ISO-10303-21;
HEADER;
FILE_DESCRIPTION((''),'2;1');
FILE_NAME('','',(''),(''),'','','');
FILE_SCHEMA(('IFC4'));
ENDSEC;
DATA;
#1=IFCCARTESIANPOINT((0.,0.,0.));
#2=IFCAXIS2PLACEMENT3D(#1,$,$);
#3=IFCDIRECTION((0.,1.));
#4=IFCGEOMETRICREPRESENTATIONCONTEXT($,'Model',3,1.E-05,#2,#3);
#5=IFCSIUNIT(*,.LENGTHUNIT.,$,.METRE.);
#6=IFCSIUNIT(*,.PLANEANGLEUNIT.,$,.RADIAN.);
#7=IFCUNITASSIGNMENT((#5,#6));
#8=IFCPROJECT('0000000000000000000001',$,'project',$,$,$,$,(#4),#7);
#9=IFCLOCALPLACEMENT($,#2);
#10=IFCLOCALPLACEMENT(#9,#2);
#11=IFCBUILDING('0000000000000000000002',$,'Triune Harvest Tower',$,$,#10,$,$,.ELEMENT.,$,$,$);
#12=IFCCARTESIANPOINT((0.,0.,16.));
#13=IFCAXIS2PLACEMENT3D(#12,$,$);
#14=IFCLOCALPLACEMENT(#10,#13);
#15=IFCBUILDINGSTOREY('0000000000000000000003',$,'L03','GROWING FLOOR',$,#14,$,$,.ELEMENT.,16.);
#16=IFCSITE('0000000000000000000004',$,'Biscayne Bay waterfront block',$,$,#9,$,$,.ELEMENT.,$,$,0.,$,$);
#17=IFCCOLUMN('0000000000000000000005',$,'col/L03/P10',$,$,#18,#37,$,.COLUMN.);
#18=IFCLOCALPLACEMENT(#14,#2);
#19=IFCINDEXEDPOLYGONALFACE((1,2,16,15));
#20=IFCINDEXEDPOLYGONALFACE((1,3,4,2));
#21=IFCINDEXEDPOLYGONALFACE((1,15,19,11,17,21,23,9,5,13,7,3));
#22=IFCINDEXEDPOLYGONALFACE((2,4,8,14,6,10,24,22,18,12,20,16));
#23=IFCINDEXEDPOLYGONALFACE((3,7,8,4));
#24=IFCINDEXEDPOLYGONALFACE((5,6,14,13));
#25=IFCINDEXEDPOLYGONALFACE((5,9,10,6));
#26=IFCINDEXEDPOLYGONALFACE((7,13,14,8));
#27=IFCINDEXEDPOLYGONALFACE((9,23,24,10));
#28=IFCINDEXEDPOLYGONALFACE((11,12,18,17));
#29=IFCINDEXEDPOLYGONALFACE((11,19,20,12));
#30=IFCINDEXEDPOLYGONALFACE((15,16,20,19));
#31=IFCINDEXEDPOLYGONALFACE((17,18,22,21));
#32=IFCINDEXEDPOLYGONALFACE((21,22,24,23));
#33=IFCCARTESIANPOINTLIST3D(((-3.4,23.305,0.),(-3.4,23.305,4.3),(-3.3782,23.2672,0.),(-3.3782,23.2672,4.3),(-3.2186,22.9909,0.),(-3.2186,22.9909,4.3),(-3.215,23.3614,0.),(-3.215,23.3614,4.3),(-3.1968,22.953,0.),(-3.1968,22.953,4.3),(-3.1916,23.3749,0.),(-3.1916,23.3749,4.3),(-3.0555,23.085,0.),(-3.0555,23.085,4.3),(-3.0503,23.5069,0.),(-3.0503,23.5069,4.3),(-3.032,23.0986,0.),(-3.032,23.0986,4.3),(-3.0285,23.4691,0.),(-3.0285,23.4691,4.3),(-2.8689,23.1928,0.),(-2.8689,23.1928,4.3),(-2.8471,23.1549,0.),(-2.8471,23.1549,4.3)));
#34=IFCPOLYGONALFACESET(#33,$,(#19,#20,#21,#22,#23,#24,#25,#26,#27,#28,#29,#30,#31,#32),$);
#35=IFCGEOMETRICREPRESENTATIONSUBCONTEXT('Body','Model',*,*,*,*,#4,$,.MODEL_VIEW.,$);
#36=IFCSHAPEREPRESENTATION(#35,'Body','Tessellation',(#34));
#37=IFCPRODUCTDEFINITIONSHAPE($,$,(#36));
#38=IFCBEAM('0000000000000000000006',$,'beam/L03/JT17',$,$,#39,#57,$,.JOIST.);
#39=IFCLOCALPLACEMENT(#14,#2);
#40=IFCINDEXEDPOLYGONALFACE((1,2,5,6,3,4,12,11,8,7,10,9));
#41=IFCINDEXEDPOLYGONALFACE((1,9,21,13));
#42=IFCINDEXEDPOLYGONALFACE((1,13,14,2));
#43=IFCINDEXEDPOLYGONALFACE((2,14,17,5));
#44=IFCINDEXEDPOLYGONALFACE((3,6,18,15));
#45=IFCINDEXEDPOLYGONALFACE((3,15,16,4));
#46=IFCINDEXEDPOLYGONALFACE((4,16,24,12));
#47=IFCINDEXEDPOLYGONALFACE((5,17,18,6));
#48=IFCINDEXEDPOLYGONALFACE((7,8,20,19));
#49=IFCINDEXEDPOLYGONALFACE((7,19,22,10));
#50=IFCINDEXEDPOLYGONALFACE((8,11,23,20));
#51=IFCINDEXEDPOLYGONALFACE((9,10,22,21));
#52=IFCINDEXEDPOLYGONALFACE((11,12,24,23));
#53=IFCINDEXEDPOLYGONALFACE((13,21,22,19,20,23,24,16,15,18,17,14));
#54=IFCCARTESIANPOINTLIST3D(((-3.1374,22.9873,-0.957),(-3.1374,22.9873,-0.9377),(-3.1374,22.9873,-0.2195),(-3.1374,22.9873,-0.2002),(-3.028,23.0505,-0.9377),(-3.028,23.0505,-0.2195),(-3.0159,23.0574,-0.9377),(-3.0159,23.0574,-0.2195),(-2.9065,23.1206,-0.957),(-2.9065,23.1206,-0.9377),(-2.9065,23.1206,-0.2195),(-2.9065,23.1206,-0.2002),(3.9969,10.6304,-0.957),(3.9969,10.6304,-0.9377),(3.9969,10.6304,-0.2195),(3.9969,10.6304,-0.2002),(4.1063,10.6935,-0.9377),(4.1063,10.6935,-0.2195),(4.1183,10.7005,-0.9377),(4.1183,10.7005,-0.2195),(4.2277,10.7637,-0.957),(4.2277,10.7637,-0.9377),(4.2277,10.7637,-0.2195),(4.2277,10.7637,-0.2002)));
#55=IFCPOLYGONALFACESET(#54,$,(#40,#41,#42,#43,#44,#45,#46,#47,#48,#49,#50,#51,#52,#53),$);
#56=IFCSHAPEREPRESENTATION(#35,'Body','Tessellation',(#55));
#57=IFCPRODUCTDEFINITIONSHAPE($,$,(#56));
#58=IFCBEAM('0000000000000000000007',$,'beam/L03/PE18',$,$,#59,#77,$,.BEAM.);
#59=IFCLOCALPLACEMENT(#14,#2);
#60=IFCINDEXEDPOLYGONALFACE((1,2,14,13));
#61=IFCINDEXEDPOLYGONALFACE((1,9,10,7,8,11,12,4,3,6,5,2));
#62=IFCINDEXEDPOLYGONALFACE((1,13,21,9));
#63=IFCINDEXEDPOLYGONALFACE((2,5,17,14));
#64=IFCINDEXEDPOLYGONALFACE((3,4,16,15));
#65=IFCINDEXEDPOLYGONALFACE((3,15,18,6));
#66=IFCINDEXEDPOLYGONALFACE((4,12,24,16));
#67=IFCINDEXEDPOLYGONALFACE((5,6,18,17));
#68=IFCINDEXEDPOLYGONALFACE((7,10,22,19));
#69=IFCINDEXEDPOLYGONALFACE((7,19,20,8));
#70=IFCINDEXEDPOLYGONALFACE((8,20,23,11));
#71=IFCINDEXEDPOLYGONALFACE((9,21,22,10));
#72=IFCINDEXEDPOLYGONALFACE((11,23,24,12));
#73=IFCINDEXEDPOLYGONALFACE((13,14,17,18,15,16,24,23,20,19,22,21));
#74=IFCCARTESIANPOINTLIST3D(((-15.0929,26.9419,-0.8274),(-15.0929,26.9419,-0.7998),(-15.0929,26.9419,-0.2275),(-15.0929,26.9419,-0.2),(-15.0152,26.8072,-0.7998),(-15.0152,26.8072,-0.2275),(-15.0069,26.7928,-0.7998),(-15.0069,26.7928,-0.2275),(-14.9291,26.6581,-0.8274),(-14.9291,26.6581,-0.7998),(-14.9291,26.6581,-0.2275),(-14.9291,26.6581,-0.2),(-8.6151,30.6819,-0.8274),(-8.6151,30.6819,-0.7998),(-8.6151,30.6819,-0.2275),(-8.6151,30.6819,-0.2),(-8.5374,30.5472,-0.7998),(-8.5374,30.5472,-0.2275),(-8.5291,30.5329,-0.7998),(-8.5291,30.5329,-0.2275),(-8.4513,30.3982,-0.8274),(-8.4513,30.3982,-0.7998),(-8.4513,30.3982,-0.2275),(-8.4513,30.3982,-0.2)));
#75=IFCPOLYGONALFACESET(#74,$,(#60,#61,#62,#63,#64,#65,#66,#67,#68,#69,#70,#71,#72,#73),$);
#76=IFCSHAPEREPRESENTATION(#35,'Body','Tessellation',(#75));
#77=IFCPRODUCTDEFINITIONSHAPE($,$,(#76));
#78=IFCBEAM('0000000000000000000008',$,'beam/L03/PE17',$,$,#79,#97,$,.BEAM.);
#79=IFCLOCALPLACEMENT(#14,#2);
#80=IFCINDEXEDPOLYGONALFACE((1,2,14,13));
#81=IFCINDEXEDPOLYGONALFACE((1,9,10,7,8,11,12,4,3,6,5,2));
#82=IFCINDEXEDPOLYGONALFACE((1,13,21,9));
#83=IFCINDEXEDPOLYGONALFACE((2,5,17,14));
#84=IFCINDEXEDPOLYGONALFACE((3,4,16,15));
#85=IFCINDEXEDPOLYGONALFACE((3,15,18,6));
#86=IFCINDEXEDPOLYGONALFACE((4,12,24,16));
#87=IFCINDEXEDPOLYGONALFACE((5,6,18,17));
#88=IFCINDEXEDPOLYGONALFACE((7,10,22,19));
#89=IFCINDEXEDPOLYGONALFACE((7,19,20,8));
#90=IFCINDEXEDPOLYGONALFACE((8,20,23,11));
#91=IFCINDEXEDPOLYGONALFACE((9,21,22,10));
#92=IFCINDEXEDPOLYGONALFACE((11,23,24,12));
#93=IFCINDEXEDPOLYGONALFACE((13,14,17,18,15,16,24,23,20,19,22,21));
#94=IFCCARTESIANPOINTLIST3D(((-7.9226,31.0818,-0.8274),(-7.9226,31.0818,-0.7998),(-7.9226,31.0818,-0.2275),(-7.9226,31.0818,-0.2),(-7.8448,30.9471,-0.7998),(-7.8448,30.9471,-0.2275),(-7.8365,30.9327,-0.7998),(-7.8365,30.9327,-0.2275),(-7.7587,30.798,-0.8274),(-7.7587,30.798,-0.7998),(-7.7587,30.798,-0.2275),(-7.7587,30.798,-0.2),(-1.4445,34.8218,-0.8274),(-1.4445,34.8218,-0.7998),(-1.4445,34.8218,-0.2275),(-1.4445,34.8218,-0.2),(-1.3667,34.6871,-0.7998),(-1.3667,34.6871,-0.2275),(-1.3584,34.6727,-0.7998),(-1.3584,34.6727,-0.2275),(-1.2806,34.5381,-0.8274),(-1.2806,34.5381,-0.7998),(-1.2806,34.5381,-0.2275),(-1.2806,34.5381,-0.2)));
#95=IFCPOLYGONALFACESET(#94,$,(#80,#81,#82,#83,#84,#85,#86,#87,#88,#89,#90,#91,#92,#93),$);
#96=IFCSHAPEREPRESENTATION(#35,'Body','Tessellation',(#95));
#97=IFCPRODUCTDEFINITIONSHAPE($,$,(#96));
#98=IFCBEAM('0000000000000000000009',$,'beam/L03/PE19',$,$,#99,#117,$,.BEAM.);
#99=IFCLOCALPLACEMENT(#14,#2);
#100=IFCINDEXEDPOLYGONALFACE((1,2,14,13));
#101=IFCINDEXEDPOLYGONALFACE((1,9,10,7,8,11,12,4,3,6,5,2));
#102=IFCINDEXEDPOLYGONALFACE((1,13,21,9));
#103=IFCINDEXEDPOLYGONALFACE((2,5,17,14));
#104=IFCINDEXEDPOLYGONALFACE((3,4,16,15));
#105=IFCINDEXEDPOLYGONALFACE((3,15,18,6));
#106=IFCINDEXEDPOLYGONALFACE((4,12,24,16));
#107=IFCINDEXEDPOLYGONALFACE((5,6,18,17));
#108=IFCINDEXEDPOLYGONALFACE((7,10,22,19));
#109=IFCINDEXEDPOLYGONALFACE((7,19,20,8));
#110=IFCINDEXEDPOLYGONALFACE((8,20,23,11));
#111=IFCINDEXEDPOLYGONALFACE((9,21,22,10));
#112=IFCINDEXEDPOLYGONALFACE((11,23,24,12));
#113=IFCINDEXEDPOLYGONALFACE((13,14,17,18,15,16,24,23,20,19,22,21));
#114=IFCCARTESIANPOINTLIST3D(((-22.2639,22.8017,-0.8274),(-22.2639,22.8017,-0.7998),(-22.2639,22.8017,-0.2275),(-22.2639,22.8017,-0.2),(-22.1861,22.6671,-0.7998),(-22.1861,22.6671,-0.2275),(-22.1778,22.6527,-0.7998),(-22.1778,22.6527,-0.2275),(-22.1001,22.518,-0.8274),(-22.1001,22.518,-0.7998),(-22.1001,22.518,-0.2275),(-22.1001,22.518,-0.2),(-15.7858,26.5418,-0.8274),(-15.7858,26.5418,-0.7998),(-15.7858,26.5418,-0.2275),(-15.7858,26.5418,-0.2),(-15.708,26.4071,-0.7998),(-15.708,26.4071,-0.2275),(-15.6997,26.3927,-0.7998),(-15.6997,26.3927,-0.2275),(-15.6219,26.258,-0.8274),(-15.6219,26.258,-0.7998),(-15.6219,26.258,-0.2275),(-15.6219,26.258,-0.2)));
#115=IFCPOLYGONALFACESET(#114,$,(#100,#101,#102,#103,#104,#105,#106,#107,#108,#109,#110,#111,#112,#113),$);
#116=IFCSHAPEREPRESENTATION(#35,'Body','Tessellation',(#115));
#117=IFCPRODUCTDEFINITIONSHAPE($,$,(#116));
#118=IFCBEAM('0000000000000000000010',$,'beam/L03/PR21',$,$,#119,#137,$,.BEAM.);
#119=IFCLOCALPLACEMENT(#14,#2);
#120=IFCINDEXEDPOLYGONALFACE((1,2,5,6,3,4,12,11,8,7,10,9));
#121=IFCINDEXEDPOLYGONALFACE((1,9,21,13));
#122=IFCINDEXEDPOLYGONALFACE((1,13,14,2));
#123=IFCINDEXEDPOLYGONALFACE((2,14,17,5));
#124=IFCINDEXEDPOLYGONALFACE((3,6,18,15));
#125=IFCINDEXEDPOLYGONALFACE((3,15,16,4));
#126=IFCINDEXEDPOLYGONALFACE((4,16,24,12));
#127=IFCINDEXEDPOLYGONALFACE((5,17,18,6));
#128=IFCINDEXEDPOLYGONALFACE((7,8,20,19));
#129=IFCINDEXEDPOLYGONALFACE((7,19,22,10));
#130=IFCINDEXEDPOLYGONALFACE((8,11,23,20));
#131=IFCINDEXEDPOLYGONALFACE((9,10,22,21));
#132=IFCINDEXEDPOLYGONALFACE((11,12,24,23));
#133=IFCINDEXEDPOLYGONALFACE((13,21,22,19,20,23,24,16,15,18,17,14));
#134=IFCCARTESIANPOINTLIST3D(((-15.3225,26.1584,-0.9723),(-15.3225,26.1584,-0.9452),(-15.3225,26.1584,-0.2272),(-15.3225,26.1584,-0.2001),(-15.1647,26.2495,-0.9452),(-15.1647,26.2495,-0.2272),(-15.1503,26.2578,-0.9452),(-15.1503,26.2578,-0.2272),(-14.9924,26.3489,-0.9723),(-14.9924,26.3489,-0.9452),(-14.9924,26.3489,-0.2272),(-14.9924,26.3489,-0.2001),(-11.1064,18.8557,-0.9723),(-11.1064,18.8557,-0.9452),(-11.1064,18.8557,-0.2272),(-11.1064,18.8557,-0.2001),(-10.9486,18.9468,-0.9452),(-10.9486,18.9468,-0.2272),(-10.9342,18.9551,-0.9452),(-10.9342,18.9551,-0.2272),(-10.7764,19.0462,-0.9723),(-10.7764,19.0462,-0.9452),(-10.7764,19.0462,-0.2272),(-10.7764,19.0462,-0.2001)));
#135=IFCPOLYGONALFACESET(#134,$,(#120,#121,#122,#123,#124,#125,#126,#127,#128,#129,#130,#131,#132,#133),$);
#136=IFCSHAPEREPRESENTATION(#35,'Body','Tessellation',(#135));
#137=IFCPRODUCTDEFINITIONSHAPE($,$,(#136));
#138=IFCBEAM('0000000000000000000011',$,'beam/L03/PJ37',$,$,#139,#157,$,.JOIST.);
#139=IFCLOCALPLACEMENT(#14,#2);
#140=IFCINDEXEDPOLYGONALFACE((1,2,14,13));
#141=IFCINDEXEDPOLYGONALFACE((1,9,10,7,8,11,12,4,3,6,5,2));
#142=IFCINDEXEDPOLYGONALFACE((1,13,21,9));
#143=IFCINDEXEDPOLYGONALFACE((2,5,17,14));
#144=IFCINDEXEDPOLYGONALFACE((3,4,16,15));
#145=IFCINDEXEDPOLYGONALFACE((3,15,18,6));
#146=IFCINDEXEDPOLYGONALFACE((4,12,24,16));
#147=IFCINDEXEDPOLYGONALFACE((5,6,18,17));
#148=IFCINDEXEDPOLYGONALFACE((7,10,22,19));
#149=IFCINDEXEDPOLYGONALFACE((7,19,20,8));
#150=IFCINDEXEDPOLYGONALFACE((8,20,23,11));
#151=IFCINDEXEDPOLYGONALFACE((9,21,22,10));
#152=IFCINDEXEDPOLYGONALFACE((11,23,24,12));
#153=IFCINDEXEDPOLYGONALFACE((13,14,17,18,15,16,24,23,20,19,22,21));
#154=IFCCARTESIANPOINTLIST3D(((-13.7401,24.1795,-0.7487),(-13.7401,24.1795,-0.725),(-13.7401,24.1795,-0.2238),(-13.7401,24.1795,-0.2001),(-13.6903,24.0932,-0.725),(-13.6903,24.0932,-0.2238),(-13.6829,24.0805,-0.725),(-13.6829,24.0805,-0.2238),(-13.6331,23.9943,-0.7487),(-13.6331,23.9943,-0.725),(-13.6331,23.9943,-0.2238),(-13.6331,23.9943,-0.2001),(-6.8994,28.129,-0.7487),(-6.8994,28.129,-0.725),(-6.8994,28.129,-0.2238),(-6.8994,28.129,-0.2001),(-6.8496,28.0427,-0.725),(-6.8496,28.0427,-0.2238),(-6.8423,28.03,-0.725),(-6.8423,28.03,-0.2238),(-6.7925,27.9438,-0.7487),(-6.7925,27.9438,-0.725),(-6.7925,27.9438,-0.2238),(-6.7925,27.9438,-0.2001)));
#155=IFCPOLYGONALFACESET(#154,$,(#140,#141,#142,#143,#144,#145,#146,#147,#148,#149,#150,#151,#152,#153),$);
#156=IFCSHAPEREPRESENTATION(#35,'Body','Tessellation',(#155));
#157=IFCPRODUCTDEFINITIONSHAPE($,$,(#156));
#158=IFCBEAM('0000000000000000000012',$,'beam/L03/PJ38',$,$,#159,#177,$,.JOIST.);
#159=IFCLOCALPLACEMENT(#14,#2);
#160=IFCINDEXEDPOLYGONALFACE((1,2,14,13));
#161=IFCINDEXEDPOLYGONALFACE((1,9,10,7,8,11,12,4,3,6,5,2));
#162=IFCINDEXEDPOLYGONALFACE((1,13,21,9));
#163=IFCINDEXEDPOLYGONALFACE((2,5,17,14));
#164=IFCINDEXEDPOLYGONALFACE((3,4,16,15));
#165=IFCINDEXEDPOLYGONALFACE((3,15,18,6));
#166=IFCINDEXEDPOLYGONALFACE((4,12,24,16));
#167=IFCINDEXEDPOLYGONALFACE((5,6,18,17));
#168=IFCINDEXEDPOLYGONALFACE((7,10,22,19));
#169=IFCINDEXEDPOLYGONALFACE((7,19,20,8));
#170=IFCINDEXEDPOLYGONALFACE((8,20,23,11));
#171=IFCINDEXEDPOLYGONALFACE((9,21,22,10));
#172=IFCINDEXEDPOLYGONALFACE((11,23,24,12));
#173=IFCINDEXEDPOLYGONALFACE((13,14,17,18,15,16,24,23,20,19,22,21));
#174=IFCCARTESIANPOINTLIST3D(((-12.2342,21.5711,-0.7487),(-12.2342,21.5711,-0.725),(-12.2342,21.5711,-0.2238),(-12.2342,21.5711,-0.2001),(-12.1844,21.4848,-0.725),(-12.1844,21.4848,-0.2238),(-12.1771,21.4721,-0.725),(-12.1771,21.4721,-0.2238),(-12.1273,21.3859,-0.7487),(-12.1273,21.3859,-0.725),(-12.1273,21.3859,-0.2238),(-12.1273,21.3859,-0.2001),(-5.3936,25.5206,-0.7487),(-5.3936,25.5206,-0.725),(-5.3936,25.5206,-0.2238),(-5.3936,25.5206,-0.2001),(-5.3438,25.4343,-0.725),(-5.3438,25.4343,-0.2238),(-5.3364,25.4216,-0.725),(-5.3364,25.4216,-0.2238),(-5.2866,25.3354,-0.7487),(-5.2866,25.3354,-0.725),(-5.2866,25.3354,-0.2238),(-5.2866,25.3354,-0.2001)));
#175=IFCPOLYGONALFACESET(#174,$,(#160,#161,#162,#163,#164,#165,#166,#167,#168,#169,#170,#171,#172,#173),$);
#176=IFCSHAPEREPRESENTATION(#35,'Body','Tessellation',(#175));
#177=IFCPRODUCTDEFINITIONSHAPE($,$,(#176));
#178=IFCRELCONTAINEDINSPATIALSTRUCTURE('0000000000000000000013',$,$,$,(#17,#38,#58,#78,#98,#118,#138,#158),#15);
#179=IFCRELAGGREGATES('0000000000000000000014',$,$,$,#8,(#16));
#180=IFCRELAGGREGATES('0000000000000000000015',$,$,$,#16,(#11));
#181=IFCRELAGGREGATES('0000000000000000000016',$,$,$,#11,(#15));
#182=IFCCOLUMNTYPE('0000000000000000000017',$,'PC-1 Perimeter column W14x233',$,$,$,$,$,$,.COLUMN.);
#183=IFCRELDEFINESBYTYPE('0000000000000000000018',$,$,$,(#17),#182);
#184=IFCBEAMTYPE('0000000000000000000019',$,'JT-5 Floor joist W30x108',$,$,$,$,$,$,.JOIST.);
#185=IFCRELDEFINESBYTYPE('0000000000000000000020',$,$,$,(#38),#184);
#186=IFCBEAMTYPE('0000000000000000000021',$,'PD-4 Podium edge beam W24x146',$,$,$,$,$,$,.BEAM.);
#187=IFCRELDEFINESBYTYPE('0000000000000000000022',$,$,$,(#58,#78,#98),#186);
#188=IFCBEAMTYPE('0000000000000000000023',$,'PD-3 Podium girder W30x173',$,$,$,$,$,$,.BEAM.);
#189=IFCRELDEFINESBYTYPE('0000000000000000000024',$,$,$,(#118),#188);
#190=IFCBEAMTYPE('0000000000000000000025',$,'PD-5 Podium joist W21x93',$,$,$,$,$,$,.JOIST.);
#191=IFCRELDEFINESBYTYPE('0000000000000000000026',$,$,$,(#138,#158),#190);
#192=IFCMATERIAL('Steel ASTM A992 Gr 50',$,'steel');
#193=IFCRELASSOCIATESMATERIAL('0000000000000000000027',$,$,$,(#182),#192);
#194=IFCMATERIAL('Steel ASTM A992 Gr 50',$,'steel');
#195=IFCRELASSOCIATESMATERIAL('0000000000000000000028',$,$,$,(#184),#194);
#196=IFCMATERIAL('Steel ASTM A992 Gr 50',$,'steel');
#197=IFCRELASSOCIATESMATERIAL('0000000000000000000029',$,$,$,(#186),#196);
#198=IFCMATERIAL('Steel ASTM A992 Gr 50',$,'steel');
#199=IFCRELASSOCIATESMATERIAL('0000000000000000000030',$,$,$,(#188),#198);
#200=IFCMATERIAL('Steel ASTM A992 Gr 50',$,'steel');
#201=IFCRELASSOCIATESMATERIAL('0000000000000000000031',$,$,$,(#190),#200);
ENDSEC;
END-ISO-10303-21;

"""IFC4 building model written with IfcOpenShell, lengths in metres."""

from ifc_helpers import new_model, si_unit, direction, frame, origin, origin_2d, place, context, subcontext, project, spatial, i_section, extrude, source, transform, mapped, material, material_profile, profile_set, type_object, element, save


model = new_model("IFC4")

# Units and contexts
model_context = context("Model", 3, precision=1e-05, world=origin(), true_north=direction((0.0, 1.0)))
body_context = subcontext(model_context, "Body", "Model", "MODEL_VIEW")
ifc_project = project(units=[si_unit("LENGTHUNIT", "METRE"), si_unit("PLANEANGLEUNIT", "RADIAN")], contexts=[model_context])

# Site, building, storey
site_placement = place(None, origin())
site = spatial("IfcSite", under=ifc_project, at=site_placement, Name="Biscayne Bay waterfront block", CompositionType="ELEMENT", RefElevation=0.0)
building_placement = place(site_placement, origin())
building = spatial("IfcBuilding", under=site, at=building_placement, Name="Triune Harvest Tower", CompositionType="ELEMENT")
storey_placement = place(building_placement, frame((0.0, 0.0, 16.0)))
storey = spatial("IfcBuildingStorey", under=building, at=storey_placement, Name="L03", Description="GROWING FLOOR", CompositionType="ELEMENT", Elevation=16.0)

# Column
ifc_material_1 = material(Name="Steel ASTM A992 Gr 50", Category="steel")
ifc_material_profile_1 = material_profile(ifc_material_1, i_section(OverallWidth=0.4038, OverallDepth=0.4065, WebThickness=0.0271, FlangeThickness=0.0437, at=origin_2d()), Name="W14x233")
ifc_profile_set_1 = profile_set([ifc_material_profile_1], Name="Steel ASTM A992 Gr 50")
column_type = type_object("IfcColumnType", Name="PC-1 Perimeter column W14x233", PredefinedType="COLUMN", material=ifc_profile_set_1)
shared_shape_1 = source(origin(), body_context, "Body", "SweptSolid", [
    extrude(i_section(OverallWidth=0.4038, OverallDepth=0.4065, WebThickness=0.0271, FlangeThickness=0.0437, at=origin_2d()), origin(), (0.0, 0.0, 1.0), 4.3),
])
column_placement = place(storey_placement, frame((-3.1235, 23.23, 0.0), z_axis=(0.0, 0.0, 1.0), x_axis=(-0.866025, -0.5, 0.0)))
element("IfcColumn", 1, at=column_placement, inside=storey, type_object=column_type, Name="col/L03/P10", PredefinedType="COLUMN", context=body_context, shape_type="MappedRepresentation", body=[
    mapped(shared_shape_1, transform((0.0, 0.0, 0.0), scale=1.0)),
])

# Beams
ifc_material_2 = material(Name="Steel ASTM A992 Gr 50", Category="steel")
ifc_material_profile_2 = material_profile(ifc_material_2, i_section(OverallWidth=0.2666, OverallDepth=0.7568, WebThickness=0.0139, FlangeThickness=0.0193, at=origin_2d()), Name="W30x108")
ifc_profile_set_2 = profile_set([ifc_material_profile_2], Name="Steel ASTM A992 Gr 50")
beam_type_1 = type_object("IfcBeamType", Name="JT-5 Floor joist W30x108", PredefinedType="JOIST", material=ifc_profile_set_2)
shared_shape_2 = source(origin(), body_context, "Body", "SweptSolid", [
    extrude(i_section(OverallWidth=0.2666, OverallDepth=0.7568, WebThickness=0.0139, FlangeThickness=0.0193, at=origin_2d()), origin(), (0.0, 0.0, 1.0), 14.2686),
])
beam_1_placement = place(storey_placement, frame((-3.022, 23.054, -0.5786), z_axis=(0.5, -0.866025, 0.0), x_axis=(0.866025, 0.5, 0.0)))
element("IfcBeam", 2, at=beam_1_placement, inside=storey, type_object=beam_type_1, Name="beam/L03/JT17", PredefinedType="JOIST", context=body_context, shape_type="MappedRepresentation", body=[
    mapped(shared_shape_2, transform((0.0, 0.0, 0.0), scale=1.0)),
])
ifc_material_3 = material(Name="Steel ASTM A992 Gr 50", Category="steel")
ifc_material_profile_3 = material_profile(ifc_material_3, i_section(OverallWidth=0.3276, OverallDepth=0.6274, WebThickness=0.0166, FlangeThickness=0.0276, at=origin_2d()), Name="W24x146")
ifc_profile_set_3 = profile_set([ifc_material_profile_3], Name="Steel ASTM A992 Gr 50")
beam_type_2 = type_object("IfcBeamType", Name="PD-4 Podium edge beam W24x146", PredefinedType="BEAM", material=ifc_profile_set_3)
shared_shape_3 = source(origin(), body_context, "Body", "SweptSolid", [
    extrude(i_section(OverallWidth=0.3276, OverallDepth=0.6274, WebThickness=0.0166, FlangeThickness=0.0276, at=origin_2d()), origin(), (0.0, 0.0, 1.0), 7.48),
])
beam_2_placement = place(storey_placement, frame((-8.5332, 30.54, -0.5137), z_axis=(-0.866023, -0.500004, 0.0), x_axis=(0.500004, -0.866023, 0.0)))
element("IfcBeam", 3, at=beam_2_placement, inside=storey, type_object=beam_type_2, Name="beam/L03/PE18", PredefinedType="BEAM", context=body_context, shape_type="MappedRepresentation", body=[
    mapped(shared_shape_3, transform((0.0, 0.0, 0.0), scale=1.0)),
])
shared_shape_4 = source(origin(), body_context, "Body", "SweptSolid", [
    extrude(i_section(OverallWidth=0.3276, OverallDepth=0.6274, WebThickness=0.0166, FlangeThickness=0.0276, at=origin_2d()), origin(), (0.0, 0.0, 1.0), 7.4802),
])
for number, where, z_axis, x_axis, name in (
    (4, (-1.3625, 34.6799, -0.5137), (-0.866031, -0.49999, 0.0), (0.49999, -0.866031, 0.0), "beam/L03/PE17"),
    (5, (-15.7039, 26.3999, -0.5137), (-0.866031, -0.49999, 0.0), (0.49999, -0.866031, 0.0), "beam/L03/PE19"),
):
    element("IfcBeam", number, at=place(storey_placement, frame(where, z_axis=z_axis, x_axis=x_axis)), inside=storey, type_object=beam_type_2, Name=name, PredefinedType="BEAM", context=body_context, shape_type="MappedRepresentation", body=[
        mapped(shared_shape_4, transform((0.0, 0.0, 0.0), scale=1.0)),
    ])
ifc_material_4 = material(Name="Steel ASTM A992 Gr 50", Category="steel")
ifc_material_profile_4 = material_profile(ifc_material_4, i_section(OverallWidth=0.3811, OverallDepth=0.7722, WebThickness=0.0166, FlangeThickness=0.0271, at=origin_2d()), Name="W30x173")
ifc_profile_set_4 = profile_set([ifc_material_profile_4], Name="Steel ASTM A992 Gr 50")
beam_type_3 = type_object("IfcBeamType", Name="PD-3 Podium girder W30x173", PredefinedType="BEAM", material=ifc_profile_set_4)
shared_shape_5 = source(origin(), body_context, "Body", "SweptSolid", [
    extrude(i_section(OverallWidth=0.3811, OverallDepth=0.7722, WebThickness=0.0166, FlangeThickness=0.0271, at=origin_2d()), origin(), (0.0, 0.0, 1.0), 8.4324),
])
beam_3_placement = place(storey_placement, frame((-15.1575, 26.2537, -0.5862), z_axis=(0.499985, -0.866034, 0.0), x_axis=(0.866034, 0.499985, 0.0)))
element("IfcBeam", 6, at=beam_3_placement, inside=storey, type_object=beam_type_3, Name="beam/L03/PR21", PredefinedType="BEAM", context=body_context, shape_type="MappedRepresentation", body=[
    mapped(shared_shape_5, transform((0.0, 0.0, 0.0), scale=1.0)),
])
ifc_material_5 = material(Name="Steel ASTM A992 Gr 50", Category="steel")
ifc_material_profile_5 = material_profile(ifc_material_5, i_section(OverallWidth=0.2139, OverallDepth=0.5486, WebThickness=0.0146, FlangeThickness=0.0237, at=origin_2d()), Name="W21x93")
ifc_profile_set_5 = profile_set([ifc_material_profile_5], Name="Steel ASTM A992 Gr 50")
beam_type_4 = type_object("IfcBeamType", Name="PD-5 Podium joist W21x93", PredefinedType="JOIST", material=ifc_profile_set_5)
shared_shape_6 = source(origin(), body_context, "Body", "SweptSolid", [
    extrude(i_section(OverallWidth=0.2139, OverallDepth=0.5486, WebThickness=0.0146, FlangeThickness=0.0237, at=origin_2d()), origin(), (0.0, 0.0, 1.0), 7.8989),
])
for number, where, z_axis, x_axis, name in (
    (7, (-6.8459, 28.0364, -0.4744), (-0.866022, -0.500005, 0.0), (0.500005, -0.866022, 0.0), "beam/L03/PJ37"),
    (8, (-5.3401, 25.428, -0.4744), (-0.866022, -0.500005, 0.0), (0.500005, -0.866022, 0.0), "beam/L03/PJ38"),
):
    element("IfcBeam", number, at=place(storey_placement, frame(where, z_axis=z_axis, x_axis=x_axis)), inside=storey, type_object=beam_type_4, Name=name, PredefinedType="JOIST", context=body_context, shape_type="MappedRepresentation", body=[
        mapped(shared_shape_6, transform((0.0, 0.0, 0.0), scale=1.0)),
    ])

save(model, "model.ifc")
